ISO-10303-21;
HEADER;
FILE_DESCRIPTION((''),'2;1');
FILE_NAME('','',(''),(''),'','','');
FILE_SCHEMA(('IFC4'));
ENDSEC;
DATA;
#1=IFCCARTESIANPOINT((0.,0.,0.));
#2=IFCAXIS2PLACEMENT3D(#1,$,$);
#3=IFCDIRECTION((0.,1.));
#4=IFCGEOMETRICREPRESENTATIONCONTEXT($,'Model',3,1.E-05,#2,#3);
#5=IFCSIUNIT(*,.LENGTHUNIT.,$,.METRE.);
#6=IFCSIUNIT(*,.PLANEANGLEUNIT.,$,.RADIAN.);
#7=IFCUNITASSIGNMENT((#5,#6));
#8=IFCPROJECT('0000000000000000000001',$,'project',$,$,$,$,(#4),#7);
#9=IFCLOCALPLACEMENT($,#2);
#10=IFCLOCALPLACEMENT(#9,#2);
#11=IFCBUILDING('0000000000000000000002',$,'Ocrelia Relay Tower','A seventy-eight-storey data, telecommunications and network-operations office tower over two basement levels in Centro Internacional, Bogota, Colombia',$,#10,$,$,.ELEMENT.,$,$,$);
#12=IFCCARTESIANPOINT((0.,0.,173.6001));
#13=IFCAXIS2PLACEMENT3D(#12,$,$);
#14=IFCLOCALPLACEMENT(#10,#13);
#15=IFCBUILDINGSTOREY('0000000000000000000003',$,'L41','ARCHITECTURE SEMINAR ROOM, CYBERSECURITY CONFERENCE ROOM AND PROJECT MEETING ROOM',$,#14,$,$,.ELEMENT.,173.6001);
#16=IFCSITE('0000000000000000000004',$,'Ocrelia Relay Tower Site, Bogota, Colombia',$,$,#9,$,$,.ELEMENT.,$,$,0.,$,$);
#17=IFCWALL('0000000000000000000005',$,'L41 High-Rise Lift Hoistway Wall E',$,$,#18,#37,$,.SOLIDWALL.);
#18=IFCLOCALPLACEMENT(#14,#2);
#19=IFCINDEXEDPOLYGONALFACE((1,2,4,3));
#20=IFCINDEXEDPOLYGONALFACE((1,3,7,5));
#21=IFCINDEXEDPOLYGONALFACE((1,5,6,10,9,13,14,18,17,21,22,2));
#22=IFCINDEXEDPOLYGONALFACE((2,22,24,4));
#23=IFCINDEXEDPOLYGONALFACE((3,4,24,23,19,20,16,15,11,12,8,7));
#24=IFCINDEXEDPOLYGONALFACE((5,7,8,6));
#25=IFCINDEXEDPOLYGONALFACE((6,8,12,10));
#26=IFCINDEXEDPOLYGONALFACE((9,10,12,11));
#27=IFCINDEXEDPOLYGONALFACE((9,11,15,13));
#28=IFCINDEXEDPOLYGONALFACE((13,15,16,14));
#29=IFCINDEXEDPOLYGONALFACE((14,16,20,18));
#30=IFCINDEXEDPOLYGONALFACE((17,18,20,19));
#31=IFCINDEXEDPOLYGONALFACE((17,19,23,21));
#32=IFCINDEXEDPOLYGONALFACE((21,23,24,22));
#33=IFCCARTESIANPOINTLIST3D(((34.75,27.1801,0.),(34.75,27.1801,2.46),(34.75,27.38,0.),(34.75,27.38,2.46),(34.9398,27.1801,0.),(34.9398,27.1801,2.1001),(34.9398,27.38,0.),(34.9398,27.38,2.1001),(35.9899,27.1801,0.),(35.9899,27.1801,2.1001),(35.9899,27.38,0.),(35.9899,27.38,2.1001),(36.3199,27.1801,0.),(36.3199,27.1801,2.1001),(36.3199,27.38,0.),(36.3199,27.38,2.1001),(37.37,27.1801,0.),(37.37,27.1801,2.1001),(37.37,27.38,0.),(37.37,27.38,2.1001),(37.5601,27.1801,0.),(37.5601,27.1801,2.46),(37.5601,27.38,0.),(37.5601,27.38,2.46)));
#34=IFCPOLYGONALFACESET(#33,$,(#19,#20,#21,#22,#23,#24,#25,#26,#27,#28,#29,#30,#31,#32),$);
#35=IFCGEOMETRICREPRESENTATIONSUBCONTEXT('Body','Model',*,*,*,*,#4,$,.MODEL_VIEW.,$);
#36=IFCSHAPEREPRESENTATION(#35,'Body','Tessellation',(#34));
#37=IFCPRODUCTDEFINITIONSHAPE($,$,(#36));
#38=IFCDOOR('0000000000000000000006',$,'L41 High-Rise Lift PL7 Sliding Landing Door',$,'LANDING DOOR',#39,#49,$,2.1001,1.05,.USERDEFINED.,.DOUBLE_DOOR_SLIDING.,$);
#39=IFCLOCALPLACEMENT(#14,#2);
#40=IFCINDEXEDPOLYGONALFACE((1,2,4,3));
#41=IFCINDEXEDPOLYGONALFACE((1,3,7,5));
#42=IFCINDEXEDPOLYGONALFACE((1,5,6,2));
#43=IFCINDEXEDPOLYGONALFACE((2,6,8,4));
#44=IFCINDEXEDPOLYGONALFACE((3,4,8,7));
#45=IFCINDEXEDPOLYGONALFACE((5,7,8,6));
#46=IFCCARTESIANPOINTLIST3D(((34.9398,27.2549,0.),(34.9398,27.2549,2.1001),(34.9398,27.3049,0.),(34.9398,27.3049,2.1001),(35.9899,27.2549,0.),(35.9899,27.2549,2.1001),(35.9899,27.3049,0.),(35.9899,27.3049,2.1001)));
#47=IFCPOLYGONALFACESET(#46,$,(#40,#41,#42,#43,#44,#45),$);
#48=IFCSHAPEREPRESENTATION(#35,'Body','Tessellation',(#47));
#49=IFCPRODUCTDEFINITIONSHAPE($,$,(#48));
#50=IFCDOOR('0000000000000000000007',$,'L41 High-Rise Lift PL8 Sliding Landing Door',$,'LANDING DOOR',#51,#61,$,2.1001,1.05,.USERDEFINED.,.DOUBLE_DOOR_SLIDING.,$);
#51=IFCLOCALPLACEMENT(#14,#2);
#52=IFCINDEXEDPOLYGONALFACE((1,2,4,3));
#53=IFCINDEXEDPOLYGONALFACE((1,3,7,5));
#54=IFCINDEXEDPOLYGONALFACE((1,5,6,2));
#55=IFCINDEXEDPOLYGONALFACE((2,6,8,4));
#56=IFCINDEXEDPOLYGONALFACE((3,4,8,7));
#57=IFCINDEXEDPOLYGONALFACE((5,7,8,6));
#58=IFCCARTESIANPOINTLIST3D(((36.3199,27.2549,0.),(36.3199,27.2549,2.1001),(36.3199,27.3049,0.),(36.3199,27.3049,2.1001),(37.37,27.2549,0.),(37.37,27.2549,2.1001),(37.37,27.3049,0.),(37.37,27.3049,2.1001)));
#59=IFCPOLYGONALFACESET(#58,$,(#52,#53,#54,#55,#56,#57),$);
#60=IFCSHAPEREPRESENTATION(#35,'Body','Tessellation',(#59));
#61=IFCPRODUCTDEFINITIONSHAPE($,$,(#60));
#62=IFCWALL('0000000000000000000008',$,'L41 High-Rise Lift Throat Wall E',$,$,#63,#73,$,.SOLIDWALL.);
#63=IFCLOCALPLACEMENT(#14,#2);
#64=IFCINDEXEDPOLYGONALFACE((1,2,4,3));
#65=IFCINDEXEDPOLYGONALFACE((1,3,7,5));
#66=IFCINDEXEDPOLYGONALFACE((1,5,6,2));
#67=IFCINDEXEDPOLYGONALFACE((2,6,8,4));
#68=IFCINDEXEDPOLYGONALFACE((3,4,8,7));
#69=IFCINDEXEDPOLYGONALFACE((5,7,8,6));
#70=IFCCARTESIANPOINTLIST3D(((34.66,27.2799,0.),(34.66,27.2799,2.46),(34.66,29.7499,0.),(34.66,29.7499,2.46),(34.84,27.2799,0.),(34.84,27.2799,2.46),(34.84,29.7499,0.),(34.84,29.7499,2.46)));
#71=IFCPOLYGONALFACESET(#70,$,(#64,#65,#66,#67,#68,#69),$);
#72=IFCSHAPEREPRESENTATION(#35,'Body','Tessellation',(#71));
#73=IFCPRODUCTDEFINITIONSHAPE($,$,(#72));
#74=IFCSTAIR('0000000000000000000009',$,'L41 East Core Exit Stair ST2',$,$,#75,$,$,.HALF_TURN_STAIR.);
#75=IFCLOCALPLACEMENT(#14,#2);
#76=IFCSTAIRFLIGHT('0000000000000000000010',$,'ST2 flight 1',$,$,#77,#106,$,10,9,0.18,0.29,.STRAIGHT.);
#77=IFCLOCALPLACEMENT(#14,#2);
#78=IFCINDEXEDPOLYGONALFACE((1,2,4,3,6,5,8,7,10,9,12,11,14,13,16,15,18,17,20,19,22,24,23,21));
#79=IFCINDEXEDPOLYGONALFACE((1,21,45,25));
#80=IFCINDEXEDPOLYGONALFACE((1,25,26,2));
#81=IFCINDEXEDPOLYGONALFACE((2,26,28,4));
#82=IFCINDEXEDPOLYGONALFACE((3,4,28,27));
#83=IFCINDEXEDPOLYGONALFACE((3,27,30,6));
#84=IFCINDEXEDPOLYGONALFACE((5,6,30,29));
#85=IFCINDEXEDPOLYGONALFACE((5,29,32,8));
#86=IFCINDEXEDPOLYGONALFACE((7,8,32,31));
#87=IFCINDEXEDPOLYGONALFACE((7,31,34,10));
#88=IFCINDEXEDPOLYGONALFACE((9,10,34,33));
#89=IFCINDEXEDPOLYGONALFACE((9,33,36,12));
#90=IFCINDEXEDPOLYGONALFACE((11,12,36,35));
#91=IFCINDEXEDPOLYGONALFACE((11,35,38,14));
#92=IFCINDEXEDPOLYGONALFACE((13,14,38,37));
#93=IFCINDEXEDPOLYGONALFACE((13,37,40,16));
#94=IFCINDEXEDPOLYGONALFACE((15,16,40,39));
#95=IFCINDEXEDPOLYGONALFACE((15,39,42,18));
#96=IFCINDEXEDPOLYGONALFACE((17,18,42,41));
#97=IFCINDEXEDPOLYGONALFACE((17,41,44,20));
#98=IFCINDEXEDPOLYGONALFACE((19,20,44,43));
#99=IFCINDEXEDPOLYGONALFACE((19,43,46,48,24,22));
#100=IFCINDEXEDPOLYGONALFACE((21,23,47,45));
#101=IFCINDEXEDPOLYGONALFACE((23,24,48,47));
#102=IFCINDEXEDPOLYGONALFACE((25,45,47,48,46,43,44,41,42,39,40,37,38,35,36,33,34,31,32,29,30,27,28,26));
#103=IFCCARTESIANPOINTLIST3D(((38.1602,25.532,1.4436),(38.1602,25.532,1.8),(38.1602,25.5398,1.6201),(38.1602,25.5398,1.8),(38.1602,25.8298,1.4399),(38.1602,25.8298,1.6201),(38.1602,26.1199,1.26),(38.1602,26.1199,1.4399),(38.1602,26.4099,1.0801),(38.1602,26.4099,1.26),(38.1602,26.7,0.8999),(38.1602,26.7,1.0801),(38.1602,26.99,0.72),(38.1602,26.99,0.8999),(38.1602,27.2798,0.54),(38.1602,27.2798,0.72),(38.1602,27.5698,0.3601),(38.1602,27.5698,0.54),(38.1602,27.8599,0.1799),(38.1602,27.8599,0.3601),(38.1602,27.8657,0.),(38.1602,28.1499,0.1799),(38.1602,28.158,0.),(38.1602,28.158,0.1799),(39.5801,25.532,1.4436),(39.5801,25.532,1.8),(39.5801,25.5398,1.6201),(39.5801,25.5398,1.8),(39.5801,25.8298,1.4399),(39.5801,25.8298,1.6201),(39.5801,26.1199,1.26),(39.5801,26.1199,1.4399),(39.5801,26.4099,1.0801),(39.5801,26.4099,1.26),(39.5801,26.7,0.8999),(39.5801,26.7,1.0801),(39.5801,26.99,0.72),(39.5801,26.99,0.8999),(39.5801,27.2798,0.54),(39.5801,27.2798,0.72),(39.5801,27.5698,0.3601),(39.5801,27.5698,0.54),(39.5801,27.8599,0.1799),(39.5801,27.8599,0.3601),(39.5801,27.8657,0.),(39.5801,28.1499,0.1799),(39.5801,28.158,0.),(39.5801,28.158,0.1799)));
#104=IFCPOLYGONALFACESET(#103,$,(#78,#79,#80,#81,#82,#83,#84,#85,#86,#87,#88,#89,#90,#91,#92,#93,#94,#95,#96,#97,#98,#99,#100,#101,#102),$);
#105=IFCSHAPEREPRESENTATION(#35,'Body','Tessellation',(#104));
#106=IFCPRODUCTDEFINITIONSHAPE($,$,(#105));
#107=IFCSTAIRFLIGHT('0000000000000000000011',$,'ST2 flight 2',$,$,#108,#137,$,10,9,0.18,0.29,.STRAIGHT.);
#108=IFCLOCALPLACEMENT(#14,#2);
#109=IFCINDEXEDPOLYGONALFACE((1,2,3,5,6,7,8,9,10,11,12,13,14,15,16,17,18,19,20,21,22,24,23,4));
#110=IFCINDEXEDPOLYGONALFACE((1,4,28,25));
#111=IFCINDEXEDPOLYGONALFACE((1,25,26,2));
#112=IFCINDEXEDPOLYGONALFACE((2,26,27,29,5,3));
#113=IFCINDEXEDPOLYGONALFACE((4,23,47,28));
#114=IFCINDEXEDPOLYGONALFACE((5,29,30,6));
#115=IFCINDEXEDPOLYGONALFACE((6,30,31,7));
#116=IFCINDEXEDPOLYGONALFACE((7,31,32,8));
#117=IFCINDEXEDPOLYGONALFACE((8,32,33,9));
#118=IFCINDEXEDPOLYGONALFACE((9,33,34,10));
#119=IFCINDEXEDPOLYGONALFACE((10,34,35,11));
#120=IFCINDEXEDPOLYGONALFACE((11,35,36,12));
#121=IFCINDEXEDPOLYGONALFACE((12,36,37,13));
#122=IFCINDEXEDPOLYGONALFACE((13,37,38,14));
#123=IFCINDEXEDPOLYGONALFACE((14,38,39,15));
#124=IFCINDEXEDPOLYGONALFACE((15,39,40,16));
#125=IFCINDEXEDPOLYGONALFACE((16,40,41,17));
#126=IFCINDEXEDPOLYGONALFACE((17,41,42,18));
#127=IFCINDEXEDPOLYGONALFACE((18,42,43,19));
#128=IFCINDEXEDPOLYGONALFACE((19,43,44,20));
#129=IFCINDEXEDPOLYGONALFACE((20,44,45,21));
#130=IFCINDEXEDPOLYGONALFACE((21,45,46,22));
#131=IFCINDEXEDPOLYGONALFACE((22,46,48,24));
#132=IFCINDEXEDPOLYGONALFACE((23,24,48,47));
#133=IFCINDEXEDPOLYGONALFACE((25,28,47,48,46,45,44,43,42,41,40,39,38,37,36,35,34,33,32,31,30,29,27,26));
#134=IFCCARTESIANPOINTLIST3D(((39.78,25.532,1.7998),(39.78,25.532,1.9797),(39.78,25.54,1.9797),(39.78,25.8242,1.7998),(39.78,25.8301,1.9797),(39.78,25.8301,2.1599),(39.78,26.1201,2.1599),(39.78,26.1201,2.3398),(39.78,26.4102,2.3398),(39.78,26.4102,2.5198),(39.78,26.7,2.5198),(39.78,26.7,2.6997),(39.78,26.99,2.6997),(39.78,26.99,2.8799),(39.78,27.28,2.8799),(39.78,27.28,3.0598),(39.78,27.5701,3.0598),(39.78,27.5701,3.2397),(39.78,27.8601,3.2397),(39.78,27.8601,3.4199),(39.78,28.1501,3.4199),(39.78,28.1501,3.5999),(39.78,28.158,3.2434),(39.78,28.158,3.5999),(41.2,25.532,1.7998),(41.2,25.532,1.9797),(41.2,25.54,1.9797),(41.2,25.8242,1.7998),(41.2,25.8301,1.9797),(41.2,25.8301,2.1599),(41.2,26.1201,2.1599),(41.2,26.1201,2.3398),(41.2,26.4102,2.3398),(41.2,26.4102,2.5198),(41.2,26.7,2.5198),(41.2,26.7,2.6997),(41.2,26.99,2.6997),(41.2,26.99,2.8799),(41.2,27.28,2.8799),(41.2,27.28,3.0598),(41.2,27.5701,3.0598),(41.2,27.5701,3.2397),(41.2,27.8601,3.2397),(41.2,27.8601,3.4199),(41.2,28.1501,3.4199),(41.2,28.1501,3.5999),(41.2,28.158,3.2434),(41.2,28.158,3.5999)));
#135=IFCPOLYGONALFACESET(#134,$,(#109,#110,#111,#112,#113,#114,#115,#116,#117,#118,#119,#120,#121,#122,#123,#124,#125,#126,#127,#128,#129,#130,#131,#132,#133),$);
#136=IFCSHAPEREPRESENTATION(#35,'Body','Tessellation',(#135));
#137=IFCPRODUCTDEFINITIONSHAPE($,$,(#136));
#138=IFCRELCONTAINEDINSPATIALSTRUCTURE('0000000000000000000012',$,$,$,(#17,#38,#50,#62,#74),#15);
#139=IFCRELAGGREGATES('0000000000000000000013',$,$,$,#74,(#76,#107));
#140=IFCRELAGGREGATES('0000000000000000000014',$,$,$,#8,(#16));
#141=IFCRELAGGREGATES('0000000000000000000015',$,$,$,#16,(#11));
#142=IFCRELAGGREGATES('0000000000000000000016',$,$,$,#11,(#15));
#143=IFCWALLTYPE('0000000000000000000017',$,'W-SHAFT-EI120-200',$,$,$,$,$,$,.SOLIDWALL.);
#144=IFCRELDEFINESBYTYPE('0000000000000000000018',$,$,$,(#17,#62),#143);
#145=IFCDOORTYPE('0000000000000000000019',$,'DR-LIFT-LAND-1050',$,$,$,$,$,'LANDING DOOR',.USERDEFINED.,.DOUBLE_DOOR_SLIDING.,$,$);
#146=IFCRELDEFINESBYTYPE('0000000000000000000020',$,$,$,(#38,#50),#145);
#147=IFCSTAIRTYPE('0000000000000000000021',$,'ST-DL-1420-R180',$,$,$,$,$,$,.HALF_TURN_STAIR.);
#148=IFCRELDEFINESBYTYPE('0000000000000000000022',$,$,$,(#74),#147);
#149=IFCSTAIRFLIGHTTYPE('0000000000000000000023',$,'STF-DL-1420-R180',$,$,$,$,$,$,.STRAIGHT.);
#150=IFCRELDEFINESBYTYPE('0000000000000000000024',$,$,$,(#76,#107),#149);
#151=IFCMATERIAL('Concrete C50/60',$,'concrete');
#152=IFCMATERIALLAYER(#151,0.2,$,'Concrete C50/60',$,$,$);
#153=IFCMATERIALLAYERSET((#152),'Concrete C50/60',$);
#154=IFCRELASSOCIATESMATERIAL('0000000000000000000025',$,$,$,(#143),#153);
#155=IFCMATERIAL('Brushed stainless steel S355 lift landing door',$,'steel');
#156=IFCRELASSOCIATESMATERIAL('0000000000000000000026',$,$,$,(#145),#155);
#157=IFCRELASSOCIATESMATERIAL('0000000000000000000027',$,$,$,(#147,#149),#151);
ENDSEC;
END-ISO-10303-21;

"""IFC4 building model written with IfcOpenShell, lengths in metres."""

from ifc_helpers import new_model, si_unit, direction, frame, frame_2d, origin, place, context, subcontext, project, spatial, polyline, rectangle, outline, extrude, material, layer, layer_set, type_object, element, fill, aggregate, save


model = new_model("IFC4")

# Units and contexts
model_context = context("Model", 3, precision=1e-05, world=origin(), true_north=direction((0.0, 1.0)))
body_context = subcontext(model_context, "Body", "Model", "MODEL_VIEW")
ifc_project = project(units=[si_unit("LENGTHUNIT", "METRE"), si_unit("PLANEANGLEUNIT", "RADIAN")], contexts=[model_context])

# Site, building, storey
site_placement = place(None, origin())
site = spatial("IfcSite", under=ifc_project, at=site_placement, Name="Ocrelia Relay Tower Site, Bogota, Colombia", CompositionType="ELEMENT", RefElevation=0.0)
building_placement = place(site_placement, origin())
building = spatial("IfcBuilding", under=site, at=building_placement, Name="Ocrelia Relay Tower", Description="A seventy-eight-storey data, telecommunications and network-operations office tower over two basement levels in Centro Internacional, Bogota, Colombia", CompositionType="ELEMENT")
storey_placement = place(building_placement, frame((0.0, 0.0, 173.6001)))
storey = spatial("IfcBuildingStorey", under=building, at=storey_placement, Name="L41", Description="ARCHITECTURE SEMINAR ROOM, CYBERSECURITY CONFERENCE ROOM AND PROJECT MEETING ROOM", CompositionType="ELEMENT", Elevation=173.6001)

# Shared definitions
ifc_material_1 = material(Name="Concrete C50/60", Category="concrete")
ifc_layer_1 = layer(ifc_material_1, 0.2, Name="Concrete C50/60")
ifc_layer_set_1 = layer_set([ifc_layer_1], Name="Concrete C50/60")
wall_type_1 = type_object("IfcWallType", Name="W-SHAFT-EI120-200", PredefinedType="SOLIDWALL", material=ifc_layer_set_1)

# Wall, openings, doors
wall_1_placement = place(storey_placement, frame((34.75, 27.28, 0.0), z_axis=(0.0, 0.0, 1.0), x_axis=(1.0, 0.0, 0.0)))
wall_1 = element("IfcWall", 1, at=wall_1_placement, inside=storey, type_object=wall_type_1, Name="L41 High-Rise Lift Hoistway Wall E", PredefinedType="SOLIDWALL", context=body_context, shape_type="SweptSolid", body=[
    extrude(rectangle(XDim=2.8101, YDim=0.2, at=frame_2d((1.405, 0.0))), origin(), (0.0, 0.0, 1.0), 2.46),
])
opening_1_placement = place(wall_1_placement, frame((0.1899, 0.0, 0.0)))
opening_1 = element("IfcOpeningElement", 2, at=opening_1_placement, cuts=wall_1, PredefinedType="OPENING", context=body_context, shape_type="SweptSolid", body=[
    extrude(rectangle(XDim=1.05, YDim=2.1001, at=frame_2d((0.5249, 1.05))), frame((0.0, 0.1099, 0.0), z_axis=(0.0, -1.0, 0.0), x_axis=(1.0, 0.0, 0.0)), (0.0, 0.0, 1.0), 0.22),
])
opening_2_placement = place(wall_1_placement, frame((1.5701, 0.0, 0.0)))
opening_2 = element("IfcOpeningElement", 3, at=opening_2_placement, cuts=wall_1, PredefinedType="OPENING", context=body_context, shape_type="SweptSolid", body=[
    extrude(rectangle(XDim=1.05, YDim=2.1001, at=frame_2d((0.5249, 1.05))), frame((0.0, 0.1099, 0.0), z_axis=(0.0, -1.0, 0.0), x_axis=(1.0, 0.0, 0.0)), (0.0, 0.0, 1.0), 0.22),
])
ifc_material_2 = material(Name="Brushed stainless steel S355 lift landing door", Category="steel")
door_type = type_object("IfcDoorType", Name="DR-LIFT-LAND-1050", ElementType="LANDING DOOR", OperationType="DOUBLE_DOOR_SLIDING", PredefinedType="USERDEFINED", material=ifc_material_2)
door_1_placement = place(opening_1_placement, origin())
door_1 = element("IfcDoor", 4, at=door_1_placement, inside=storey, type_object=door_type, Name="L41 High-Rise Lift PL7 Sliding Landing Door", ObjectType="LANDING DOOR", OperationType="DOUBLE_DOOR_SLIDING", OverallHeight=2.1001, OverallWidth=1.05, PredefinedType="USERDEFINED", context=body_context, shape_type="SweptSolid", body=[
    extrude(rectangle(XDim=1.05, YDim=2.1001, at=frame_2d((0.5249, 1.05))), frame((0.0, 0.0249, 0.0), z_axis=(0.0, -1.0, 0.0), x_axis=(1.0, 0.0, 0.0)), (0.0, 0.0, 1.0), 0.05),
])
fill(opening_1, door_1)
door_2_placement = place(opening_2_placement, origin())
door_2 = element("IfcDoor", 5, at=door_2_placement, inside=storey, type_object=door_type, Name="L41 High-Rise Lift PL8 Sliding Landing Door", ObjectType="LANDING DOOR", OperationType="DOUBLE_DOOR_SLIDING", OverallHeight=2.1001, OverallWidth=1.05, PredefinedType="USERDEFINED", context=body_context, shape_type="SweptSolid", body=[
    extrude(rectangle(XDim=1.05, YDim=2.1001, at=frame_2d((0.5249, 1.05))), frame((0.0, 0.0249, 0.0), z_axis=(0.0, -1.0, 0.0), x_axis=(1.0, 0.0, 0.0)), (0.0, 0.0, 1.0), 0.05),
])
fill(opening_2, door_2)

# Wall
wall_2_placement = place(storey_placement, frame((34.75, 27.28, 0.0), z_axis=(0.0, 0.0, 1.0), x_axis=(0.0, 1.0, 0.0)))
element("IfcWall", 6, at=wall_2_placement, inside=storey, type_object=wall_type_1, Name="L41 High-Rise Lift Throat Wall E", PredefinedType="SOLIDWALL", context=body_context, shape_type="SweptSolid", body=[
    extrude(rectangle(XDim=2.47, YDim=0.1799, at=frame_2d((1.2349, 0.0))), origin(), (0.0, 0.0, 1.0), 2.46),
])

# Stair, stair flights
stair_type = type_object("IfcStairType", Name="ST-DL-1420-R180", PredefinedType="HALF_TURN_STAIR", material=ifc_material_1)
stair_placement = place(storey_placement, origin())
stair = element("IfcStair", 7, at=stair_placement, inside=storey, type_object=stair_type, Name="L41 East Core Exit Stair ST2", PredefinedType="HALF_TURN_STAIR")
stair_flight_type = type_object("IfcStairFlightType", Name="STF-DL-1420-R180", PredefinedType="STRAIGHT", material=ifc_material_1)
stair_flight_1_placement = place(storey_placement, frame((38.8701, 28.1499, 0.0), z_axis=(0.0, 0.0, 1.0), x_axis=(0.0, -1.0, 0.0)))
stair_flight_1 = element("IfcStairFlight", 8, at=stair_flight_1_placement, type_object=stair_flight_type, Name="ST2 flight 1", NumberOfRisers=10, NumberOfTreads=9, PredefinedType="STRAIGHT", RiserHeight=0.18, TreadLength=0.29, context=body_context, shape_type="SweptSolid", body=[
    extrude(outline(polyline([(-0.0081, 0.0), (-0.0081, 0.1799), (0.0, 0.1799), (0.29, 0.1799), (0.29, 0.3601), (0.5801, 0.3601), (0.5801, 0.54), (0.8701, 0.54), (0.8701, 0.72), (1.1599, 0.72), (1.1599, 0.8999), (1.45, 0.8999), (1.45, 1.0801), (1.74, 1.0801), (1.74, 1.26), (2.03, 1.26), (2.03, 1.4399), (2.3201, 1.4399), (2.3201, 1.6201), (2.6101, 1.6201), (2.6101, 1.8), (2.6179, 1.8), (2.6179, 1.4436), (0.2842, 0.0), (-0.0081, 0.0)])), frame((0.0, 0.71, 0.0), z_axis=(0.0, -1.0, 0.0), x_axis=(1.0, 0.0, 0.0)), (0.0, 0.0, 1.0), 1.4199),
])
stair_flight_2_placement = place(storey_placement, frame((40.49, 25.54, 1.7998), z_axis=(0.0, 0.0, 1.0), x_axis=(0.0, 1.0, 0.0)))
stair_flight_2 = element("IfcStairFlight", 9, at=stair_flight_2_placement, type_object=stair_flight_type, Name="ST2 flight 2", NumberOfRisers=10, NumberOfTreads=9, PredefinedType="STRAIGHT", RiserHeight=0.18, TreadLength=0.29, context=body_context, shape_type="SweptSolid", body=[
    extrude(outline(polyline([(-0.0081, 0.0), (-0.0081, 0.1799), (0.0, 0.1799), (0.29, 0.1799), (0.29, 0.3601), (0.5801, 0.3601), (0.5801, 0.54), (0.8701, 0.54), (0.8701, 0.72), (1.1599, 0.72), (1.1599, 0.8999), (1.45, 0.8999), (1.45, 1.0801), (1.74, 1.0801), (1.74, 1.26), (2.03, 1.26), (2.03, 1.4399), (2.3201, 1.4399), (2.3201, 1.6201), (2.6101, 1.6201), (2.6101, 1.8), (2.6179, 1.8), (2.6179, 1.4436), (0.2842, 0.0), (-0.0081, 0.0)])), frame((0.0, 0.71, 0.0), z_axis=(0.0, -1.0, 0.0), x_axis=(1.0, 0.0, 0.0)), (0.0, 0.0, 1.0), 1.4199),
])
aggregate(stair, [stair_flight_1, stair_flight_2])

save(model, "model.ifc")
